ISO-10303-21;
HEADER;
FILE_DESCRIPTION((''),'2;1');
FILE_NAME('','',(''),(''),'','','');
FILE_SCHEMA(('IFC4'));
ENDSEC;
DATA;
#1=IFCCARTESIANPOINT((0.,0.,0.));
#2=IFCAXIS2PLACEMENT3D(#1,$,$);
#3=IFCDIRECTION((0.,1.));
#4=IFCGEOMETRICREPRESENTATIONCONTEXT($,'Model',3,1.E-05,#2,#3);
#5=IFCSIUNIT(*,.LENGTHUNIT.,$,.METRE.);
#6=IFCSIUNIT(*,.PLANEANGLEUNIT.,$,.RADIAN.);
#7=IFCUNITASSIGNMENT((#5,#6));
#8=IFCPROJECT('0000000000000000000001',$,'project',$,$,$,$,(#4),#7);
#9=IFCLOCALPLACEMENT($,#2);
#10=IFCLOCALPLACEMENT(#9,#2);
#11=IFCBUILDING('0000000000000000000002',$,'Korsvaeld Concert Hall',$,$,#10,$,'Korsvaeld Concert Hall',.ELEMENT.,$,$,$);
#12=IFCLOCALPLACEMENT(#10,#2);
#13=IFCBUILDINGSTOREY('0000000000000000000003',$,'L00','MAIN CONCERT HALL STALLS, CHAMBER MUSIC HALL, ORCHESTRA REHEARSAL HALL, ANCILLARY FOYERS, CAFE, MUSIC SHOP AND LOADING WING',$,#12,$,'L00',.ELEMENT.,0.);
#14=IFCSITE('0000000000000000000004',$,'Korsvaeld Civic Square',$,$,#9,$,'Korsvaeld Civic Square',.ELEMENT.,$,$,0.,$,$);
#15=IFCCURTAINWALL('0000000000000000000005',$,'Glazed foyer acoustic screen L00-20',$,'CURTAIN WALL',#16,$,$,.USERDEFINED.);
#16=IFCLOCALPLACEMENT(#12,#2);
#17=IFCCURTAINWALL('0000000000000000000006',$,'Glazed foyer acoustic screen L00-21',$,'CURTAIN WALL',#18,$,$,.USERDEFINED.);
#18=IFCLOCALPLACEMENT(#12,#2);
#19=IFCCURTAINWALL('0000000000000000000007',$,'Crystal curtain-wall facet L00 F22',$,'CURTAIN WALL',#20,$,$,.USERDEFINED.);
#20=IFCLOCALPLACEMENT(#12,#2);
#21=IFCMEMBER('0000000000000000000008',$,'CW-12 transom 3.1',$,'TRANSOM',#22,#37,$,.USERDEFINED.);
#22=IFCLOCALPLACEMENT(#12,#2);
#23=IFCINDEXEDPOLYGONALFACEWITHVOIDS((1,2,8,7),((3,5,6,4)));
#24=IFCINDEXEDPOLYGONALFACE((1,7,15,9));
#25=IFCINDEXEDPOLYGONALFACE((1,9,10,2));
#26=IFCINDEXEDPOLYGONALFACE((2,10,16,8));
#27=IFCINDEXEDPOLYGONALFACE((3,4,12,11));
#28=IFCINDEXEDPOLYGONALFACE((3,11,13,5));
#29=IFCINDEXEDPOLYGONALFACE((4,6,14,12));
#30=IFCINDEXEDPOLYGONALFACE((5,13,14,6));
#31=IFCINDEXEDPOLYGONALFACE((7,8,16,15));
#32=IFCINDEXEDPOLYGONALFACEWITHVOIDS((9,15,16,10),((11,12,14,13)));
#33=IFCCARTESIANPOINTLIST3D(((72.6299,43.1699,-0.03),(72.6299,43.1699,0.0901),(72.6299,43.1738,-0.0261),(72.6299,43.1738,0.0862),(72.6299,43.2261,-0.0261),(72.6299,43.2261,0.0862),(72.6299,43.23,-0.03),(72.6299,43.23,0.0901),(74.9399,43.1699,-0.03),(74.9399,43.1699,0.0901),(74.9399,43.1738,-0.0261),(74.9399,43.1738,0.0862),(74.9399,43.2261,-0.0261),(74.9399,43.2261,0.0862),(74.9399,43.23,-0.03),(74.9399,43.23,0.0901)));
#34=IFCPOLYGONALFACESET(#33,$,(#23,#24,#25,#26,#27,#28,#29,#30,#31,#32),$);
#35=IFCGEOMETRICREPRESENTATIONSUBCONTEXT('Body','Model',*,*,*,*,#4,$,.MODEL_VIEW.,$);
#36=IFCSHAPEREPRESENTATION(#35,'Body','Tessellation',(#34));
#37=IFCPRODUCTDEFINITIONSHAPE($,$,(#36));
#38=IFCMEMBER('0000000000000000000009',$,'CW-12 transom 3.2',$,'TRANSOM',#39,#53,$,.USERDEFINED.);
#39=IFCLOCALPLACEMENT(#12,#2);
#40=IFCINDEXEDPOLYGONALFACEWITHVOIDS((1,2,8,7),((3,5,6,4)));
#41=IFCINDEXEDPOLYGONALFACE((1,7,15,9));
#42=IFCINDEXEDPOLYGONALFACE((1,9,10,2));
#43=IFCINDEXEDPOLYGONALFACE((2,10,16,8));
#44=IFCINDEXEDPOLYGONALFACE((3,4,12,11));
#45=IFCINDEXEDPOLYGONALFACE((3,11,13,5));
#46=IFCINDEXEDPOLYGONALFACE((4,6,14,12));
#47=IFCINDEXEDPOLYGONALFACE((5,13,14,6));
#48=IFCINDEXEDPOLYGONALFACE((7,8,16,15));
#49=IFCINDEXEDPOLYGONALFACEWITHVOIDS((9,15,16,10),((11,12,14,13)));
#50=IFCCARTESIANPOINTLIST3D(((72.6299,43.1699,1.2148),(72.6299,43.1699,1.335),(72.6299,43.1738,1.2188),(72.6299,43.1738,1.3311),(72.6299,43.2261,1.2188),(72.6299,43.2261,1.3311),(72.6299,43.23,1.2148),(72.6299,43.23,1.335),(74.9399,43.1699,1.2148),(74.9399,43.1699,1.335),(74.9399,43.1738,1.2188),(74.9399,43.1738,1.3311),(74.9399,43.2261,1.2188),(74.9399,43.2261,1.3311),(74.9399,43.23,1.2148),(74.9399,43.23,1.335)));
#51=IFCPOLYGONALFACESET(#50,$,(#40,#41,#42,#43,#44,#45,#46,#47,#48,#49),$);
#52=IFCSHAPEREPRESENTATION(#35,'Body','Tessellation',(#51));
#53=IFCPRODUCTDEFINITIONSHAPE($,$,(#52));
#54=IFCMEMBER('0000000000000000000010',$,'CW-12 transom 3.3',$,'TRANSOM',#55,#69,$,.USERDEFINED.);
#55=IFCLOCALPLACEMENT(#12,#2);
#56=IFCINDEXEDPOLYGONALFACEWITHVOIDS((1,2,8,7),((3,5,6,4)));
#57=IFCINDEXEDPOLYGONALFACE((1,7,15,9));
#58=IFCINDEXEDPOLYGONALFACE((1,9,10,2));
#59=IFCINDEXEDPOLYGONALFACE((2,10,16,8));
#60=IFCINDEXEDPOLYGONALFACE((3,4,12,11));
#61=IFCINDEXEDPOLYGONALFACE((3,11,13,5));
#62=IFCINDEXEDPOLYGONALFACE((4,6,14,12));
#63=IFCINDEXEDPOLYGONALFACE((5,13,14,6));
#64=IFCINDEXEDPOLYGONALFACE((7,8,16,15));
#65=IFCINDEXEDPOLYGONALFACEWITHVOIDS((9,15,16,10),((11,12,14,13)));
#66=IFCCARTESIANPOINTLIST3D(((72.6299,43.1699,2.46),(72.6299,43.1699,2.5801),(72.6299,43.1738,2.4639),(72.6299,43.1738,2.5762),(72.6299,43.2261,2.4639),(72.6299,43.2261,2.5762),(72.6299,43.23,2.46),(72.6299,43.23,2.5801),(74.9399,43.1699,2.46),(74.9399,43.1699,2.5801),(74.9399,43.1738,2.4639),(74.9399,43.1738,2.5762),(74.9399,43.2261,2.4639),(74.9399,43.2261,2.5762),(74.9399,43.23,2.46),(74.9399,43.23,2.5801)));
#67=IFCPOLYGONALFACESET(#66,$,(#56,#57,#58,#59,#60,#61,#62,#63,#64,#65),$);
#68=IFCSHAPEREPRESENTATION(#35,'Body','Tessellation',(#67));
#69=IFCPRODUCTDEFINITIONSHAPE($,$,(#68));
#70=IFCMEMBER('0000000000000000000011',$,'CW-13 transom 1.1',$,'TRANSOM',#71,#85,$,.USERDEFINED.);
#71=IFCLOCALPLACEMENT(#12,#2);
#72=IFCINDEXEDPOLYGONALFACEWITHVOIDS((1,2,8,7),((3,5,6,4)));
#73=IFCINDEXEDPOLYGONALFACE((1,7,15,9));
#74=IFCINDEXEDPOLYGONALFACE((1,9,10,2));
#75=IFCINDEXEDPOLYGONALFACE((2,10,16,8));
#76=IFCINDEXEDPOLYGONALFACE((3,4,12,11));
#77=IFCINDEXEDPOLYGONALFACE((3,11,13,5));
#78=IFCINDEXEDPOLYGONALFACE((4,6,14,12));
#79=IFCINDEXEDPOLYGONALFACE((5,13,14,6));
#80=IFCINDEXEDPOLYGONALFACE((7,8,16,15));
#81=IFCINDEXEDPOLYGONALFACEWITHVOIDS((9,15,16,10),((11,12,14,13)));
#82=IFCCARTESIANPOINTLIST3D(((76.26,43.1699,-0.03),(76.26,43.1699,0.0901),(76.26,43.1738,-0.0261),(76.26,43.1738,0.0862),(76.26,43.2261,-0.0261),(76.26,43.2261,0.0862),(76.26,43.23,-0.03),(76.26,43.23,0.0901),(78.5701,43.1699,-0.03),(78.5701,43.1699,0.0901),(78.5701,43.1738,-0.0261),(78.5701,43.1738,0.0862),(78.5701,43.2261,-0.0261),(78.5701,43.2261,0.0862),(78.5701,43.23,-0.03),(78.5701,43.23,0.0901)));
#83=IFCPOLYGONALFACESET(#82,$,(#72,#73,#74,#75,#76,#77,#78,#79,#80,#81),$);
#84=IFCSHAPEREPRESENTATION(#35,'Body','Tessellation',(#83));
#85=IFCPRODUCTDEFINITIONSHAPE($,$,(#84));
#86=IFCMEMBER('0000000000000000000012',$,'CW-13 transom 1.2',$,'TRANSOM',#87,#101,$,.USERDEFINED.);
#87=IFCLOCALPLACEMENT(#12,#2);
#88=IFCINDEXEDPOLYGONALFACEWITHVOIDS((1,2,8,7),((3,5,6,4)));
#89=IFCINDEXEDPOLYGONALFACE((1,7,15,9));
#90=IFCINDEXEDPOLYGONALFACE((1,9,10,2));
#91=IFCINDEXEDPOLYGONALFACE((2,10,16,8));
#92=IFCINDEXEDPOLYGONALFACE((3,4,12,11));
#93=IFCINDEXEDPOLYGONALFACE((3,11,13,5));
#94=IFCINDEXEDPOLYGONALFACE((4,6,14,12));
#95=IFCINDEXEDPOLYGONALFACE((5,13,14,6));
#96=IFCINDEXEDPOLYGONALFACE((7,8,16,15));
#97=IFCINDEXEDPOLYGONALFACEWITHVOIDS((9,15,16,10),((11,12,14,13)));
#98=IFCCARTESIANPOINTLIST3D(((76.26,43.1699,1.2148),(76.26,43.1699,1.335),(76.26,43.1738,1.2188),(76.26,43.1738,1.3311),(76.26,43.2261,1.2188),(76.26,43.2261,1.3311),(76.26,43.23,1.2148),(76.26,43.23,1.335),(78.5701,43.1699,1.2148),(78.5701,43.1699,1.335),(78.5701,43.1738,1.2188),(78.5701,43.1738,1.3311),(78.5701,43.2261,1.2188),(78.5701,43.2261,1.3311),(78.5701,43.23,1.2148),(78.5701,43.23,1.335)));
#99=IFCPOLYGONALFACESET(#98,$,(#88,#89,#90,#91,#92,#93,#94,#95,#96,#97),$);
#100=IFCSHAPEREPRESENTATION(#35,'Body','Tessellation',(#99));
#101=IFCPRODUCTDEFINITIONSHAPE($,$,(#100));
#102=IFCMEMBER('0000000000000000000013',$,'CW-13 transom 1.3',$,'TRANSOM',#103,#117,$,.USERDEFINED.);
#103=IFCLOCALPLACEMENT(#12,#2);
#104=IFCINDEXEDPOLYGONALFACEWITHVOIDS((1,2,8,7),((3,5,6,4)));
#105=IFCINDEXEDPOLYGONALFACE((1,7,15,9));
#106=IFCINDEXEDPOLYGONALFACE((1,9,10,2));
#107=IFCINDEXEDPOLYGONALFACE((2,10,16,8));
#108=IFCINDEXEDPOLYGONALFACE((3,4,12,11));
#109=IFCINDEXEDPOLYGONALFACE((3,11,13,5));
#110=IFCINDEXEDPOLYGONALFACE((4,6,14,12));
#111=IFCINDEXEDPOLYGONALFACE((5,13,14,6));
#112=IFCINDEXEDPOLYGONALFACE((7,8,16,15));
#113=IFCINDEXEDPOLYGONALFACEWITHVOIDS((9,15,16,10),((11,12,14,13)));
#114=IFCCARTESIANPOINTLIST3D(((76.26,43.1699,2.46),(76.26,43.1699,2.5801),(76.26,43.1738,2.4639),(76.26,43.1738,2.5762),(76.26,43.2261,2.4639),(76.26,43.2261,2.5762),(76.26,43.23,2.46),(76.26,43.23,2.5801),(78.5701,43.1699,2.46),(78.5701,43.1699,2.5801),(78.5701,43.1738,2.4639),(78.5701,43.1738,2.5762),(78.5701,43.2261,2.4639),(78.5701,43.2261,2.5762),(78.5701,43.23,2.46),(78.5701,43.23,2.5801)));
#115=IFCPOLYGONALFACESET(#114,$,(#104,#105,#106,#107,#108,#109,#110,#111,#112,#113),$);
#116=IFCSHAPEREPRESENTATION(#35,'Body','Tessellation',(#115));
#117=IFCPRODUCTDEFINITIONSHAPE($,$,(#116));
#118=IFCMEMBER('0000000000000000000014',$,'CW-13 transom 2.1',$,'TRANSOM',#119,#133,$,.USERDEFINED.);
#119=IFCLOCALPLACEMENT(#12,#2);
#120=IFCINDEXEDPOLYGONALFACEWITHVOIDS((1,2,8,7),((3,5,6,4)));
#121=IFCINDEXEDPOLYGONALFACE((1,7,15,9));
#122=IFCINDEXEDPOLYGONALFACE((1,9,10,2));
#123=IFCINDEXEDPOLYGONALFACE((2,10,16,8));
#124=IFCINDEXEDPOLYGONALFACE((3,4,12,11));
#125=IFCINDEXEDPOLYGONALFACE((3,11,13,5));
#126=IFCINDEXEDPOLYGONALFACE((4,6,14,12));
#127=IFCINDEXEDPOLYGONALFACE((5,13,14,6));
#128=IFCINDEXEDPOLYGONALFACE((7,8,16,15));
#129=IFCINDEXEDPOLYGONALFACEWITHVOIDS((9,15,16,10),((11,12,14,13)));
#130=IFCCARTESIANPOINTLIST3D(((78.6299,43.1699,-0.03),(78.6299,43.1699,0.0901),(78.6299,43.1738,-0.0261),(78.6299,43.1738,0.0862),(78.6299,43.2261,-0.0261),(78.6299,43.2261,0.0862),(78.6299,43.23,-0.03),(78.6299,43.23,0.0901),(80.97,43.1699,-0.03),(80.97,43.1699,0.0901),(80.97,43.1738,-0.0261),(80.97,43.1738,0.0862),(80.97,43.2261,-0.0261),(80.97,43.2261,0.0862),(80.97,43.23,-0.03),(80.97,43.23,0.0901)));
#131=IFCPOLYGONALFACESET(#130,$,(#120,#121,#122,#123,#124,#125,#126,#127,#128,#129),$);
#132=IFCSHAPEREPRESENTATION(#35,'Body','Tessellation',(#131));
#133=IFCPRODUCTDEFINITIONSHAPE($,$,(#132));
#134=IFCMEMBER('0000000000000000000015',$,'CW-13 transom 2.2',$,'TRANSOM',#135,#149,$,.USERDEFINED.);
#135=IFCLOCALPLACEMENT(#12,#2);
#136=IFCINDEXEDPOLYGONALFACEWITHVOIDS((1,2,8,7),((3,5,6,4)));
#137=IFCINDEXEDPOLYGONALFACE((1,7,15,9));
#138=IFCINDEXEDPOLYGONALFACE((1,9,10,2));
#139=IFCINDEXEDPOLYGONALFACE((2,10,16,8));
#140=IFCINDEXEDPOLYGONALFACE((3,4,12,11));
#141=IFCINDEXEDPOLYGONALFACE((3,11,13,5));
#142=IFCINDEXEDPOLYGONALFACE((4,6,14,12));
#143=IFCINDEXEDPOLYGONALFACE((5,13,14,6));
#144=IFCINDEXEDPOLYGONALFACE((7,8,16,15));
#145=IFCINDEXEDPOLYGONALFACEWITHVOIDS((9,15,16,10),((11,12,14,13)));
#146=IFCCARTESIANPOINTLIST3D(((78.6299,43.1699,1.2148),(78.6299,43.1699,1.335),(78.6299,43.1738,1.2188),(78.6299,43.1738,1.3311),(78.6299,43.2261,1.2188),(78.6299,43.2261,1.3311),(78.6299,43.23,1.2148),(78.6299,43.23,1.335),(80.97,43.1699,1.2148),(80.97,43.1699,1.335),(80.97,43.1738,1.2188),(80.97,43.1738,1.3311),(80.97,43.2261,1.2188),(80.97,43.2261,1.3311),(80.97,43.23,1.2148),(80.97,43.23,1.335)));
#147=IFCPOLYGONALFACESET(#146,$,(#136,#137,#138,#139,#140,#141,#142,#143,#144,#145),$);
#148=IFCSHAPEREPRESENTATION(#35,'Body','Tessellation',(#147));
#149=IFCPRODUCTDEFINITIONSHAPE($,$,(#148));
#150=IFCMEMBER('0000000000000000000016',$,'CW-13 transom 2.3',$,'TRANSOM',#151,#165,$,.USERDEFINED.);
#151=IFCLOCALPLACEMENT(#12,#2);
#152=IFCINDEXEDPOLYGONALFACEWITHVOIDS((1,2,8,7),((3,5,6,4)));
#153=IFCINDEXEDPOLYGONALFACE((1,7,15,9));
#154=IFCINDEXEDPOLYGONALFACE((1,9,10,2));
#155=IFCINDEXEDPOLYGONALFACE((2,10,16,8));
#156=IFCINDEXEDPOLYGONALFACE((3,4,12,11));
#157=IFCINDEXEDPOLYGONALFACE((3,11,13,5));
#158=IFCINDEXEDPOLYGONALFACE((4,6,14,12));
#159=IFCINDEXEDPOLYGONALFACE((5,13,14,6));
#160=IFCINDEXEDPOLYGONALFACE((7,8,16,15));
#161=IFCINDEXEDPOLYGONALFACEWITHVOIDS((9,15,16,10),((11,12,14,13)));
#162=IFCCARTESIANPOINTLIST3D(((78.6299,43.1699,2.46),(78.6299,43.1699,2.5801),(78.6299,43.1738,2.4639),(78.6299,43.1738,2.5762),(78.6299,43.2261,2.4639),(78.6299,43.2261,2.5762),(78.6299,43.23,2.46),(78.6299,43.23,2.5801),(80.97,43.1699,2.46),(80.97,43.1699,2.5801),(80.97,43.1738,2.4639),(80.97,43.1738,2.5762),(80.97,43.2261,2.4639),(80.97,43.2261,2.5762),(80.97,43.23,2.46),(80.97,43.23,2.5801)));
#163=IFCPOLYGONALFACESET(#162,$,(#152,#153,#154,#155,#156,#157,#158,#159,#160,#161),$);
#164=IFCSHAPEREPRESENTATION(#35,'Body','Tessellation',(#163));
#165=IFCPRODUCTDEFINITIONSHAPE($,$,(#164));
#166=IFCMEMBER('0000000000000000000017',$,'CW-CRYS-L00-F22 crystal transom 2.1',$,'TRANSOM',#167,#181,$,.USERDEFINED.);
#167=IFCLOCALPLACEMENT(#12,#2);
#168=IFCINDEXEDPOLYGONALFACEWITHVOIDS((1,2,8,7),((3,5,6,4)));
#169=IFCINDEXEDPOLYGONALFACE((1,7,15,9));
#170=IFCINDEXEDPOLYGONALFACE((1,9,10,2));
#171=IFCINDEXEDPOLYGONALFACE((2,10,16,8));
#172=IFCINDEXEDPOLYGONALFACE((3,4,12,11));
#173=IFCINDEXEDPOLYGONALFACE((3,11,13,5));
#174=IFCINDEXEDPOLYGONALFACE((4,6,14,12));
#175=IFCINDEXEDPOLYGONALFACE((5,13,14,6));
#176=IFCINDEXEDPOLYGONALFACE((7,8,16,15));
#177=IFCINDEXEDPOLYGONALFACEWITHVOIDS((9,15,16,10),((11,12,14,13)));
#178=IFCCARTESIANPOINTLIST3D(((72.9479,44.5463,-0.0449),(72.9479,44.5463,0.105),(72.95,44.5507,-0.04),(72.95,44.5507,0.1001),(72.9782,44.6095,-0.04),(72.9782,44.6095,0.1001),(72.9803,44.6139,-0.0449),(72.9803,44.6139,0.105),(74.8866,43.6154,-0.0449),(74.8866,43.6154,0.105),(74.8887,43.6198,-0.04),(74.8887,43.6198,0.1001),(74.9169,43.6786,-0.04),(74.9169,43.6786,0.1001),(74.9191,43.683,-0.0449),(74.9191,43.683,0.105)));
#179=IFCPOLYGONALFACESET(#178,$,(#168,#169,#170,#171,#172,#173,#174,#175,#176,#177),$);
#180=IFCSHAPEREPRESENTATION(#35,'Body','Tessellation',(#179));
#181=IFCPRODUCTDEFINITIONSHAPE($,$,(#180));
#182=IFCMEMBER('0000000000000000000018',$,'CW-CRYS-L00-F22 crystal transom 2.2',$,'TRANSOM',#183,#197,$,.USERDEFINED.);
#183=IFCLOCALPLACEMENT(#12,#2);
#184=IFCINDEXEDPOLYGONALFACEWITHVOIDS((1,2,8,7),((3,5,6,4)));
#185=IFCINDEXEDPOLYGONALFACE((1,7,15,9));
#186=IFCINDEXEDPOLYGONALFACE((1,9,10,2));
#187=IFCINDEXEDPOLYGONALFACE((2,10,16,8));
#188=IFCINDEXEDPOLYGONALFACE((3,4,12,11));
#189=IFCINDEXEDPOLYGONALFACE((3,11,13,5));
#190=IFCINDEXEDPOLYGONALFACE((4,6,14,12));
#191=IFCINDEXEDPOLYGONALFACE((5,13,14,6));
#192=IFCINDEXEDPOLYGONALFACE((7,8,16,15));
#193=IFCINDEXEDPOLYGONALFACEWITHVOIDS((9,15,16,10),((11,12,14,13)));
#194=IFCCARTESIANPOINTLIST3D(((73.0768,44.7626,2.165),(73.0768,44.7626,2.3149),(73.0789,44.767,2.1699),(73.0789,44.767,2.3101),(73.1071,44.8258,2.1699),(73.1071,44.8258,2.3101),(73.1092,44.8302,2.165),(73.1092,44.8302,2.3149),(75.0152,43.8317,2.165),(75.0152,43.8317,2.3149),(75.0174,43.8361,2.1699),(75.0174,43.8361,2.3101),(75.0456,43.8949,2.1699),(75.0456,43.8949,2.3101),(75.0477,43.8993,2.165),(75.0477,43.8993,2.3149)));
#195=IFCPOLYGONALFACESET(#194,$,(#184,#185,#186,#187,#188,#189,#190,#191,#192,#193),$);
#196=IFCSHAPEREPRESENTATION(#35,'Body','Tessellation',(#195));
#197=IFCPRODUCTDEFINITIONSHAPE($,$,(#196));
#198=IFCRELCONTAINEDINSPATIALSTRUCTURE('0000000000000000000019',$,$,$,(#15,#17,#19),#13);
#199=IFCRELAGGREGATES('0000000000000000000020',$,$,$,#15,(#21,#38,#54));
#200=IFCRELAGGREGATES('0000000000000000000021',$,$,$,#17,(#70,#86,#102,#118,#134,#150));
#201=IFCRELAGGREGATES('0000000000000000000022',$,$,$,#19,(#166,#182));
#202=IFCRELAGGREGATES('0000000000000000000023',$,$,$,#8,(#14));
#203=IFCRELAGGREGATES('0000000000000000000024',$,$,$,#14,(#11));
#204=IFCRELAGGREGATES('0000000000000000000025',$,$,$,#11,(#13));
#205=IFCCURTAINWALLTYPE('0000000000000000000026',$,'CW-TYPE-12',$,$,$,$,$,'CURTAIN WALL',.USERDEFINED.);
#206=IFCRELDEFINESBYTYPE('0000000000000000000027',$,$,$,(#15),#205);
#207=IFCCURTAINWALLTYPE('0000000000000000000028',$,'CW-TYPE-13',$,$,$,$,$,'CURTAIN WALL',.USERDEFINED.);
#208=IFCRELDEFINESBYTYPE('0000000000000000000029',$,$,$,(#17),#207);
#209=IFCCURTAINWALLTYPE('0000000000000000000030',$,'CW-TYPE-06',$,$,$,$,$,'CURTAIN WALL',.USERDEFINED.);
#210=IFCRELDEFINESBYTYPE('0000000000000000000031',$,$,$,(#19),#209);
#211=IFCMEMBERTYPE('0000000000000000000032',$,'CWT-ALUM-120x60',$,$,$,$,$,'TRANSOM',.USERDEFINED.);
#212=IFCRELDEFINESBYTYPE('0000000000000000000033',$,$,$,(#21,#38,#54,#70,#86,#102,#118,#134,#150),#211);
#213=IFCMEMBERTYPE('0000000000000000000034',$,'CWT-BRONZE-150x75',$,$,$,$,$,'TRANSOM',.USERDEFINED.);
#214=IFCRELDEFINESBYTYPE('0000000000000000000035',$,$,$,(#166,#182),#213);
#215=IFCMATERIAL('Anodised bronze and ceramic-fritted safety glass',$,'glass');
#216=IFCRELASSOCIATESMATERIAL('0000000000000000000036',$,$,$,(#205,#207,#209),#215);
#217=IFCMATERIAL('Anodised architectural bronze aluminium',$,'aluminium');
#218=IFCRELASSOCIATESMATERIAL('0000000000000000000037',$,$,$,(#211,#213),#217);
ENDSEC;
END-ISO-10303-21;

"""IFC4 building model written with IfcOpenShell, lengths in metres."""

from ifc_helpers import new_model, si_unit, direction, frame, origin, origin_2d, place, context, subcontext, project, spatial, hollow_rectangle, extrude, material, material_profile, profile_set, type_object, element, aggregate, save


model = new_model("IFC4")

# Units and contexts
model_context = context("Model", 3, precision=1e-05, world=origin(), true_north=direction((0.0, 1.0)))
body_context = subcontext(model_context, "Body", "Model", "MODEL_VIEW")
ifc_project = project(units=[si_unit("LENGTHUNIT", "METRE"), si_unit("PLANEANGLEUNIT", "RADIAN")], contexts=[model_context])

# Site, building, storey
site_placement = place(None, origin())
site = spatial("IfcSite", under=ifc_project, at=site_placement, Name="Korsvaeld Civic Square", LongName="Korsvaeld Civic Square", CompositionType="ELEMENT", RefElevation=0.0)
building_placement = place(site_placement, origin())
building = spatial("IfcBuilding", under=site, at=building_placement, Name="Korsvaeld Concert Hall", LongName="Korsvaeld Concert Hall", CompositionType="ELEMENT")
storey_placement = place(building_placement, origin())
storey = spatial("IfcBuildingStorey", under=building, at=storey_placement, Name="L00", Description="MAIN CONCERT HALL STALLS, CHAMBER MUSIC HALL, ORCHESTRA REHEARSAL HALL, ANCILLARY FOYERS, CAFE, MUSIC SHOP AND LOADING WING", LongName="L00", CompositionType="ELEMENT", Elevation=0.0)

# Curtain walls
ifc_material_1 = material(Name="Anodised bronze and ceramic-fritted safety glass", Category="glass")
curtain_wall_type_1 = type_object("IfcCurtainWallType", Name="CW-TYPE-12", ElementType="CURTAIN WALL", PredefinedType="USERDEFINED", material=ifc_material_1)
curtain_wall_1_placement = place(storey_placement, origin())
curtain_wall_1 = element("IfcCurtainWall", 1, at=curtain_wall_1_placement, inside=storey, type_object=curtain_wall_type_1, Name="Glazed foyer acoustic screen L00-20", ObjectType="CURTAIN WALL", PredefinedType="USERDEFINED")
ifc_material_2 = material(Name="Anodised architectural bronze aluminium", Category="aluminium")
curtain_wall_type_2 = type_object("IfcCurtainWallType", Name="CW-TYPE-13", ElementType="CURTAIN WALL", PredefinedType="USERDEFINED", material=ifc_material_1)
curtain_wall_2_placement = place(storey_placement, origin())
curtain_wall_2 = element("IfcCurtainWall", 2, at=curtain_wall_2_placement, inside=storey, type_object=curtain_wall_type_2, Name="Glazed foyer acoustic screen L00-21", ObjectType="CURTAIN WALL", PredefinedType="USERDEFINED")
curtain_wall_type_3 = type_object("IfcCurtainWallType", Name="CW-TYPE-06", ElementType="CURTAIN WALL", PredefinedType="USERDEFINED", material=ifc_material_1)
curtain_wall_3_placement = place(storey_placement, origin())
curtain_wall_3 = element("IfcCurtainWall", 3, at=curtain_wall_3_placement, inside=storey, type_object=curtain_wall_type_3, Name="Crystal curtain-wall facet L00 F22", ObjectType="CURTAIN WALL", PredefinedType="USERDEFINED")

# Members
ifc_material_profile_1 = material_profile(ifc_material_2, hollow_rectangle(XDim=0.0601, YDim=0.1201, WallThickness=0.0039, at=origin_2d()), Name="CWT 120x60x4")
ifc_profile_set_1 = profile_set([ifc_material_profile_1], Name="Anodised architectural bronze aluminium")
member_type_1 = type_object("IfcMemberType", Name="CWT-ALUM-120x60", ElementType="TRANSOM", PredefinedType="USERDEFINED", material=ifc_profile_set_1)
member_1_placement = place(storey_placement, frame((72.6299, 43.2, 0.03), z_axis=(1.0, 0.0, 0.0), x_axis=(0.0, 1.0, 0.0)))
member_1 = element("IfcMember", 4, at=member_1_placement, type_object=member_type_1, Name="CW-12 transom 3.1", ObjectType="TRANSOM", PredefinedType="USERDEFINED", context=body_context, shape_type="SweptSolid", body=[
    extrude(hollow_rectangle(XDim=0.0601, YDim=0.1201, WallThickness=0.0039, at=origin_2d()), origin(), (0.0, 0.0, 1.0), 2.3101),
])
member_2_placement = place(storey_placement, frame((72.6299, 43.2, 1.2749), z_axis=(1.0, 0.0, 0.0), x_axis=(0.0, 1.0, 0.0)))
member_2 = element("IfcMember", 5, at=member_2_placement, type_object=member_type_1, Name="CW-12 transom 3.2", ObjectType="TRANSOM", PredefinedType="USERDEFINED", context=body_context, shape_type="SweptSolid", body=[
    extrude(hollow_rectangle(XDim=0.0601, YDim=0.1201, WallThickness=0.0039, at=origin_2d()), origin(), (0.0, 0.0, 1.0), 2.3101),
])
member_3_placement = place(storey_placement, frame((72.6299, 43.2, 2.52), z_axis=(1.0, 0.0, 0.0), x_axis=(0.0, 1.0, 0.0)))
member_3 = element("IfcMember", 6, at=member_3_placement, type_object=member_type_1, Name="CW-12 transom 3.3", ObjectType="TRANSOM", PredefinedType="USERDEFINED", context=body_context, shape_type="SweptSolid", body=[
    extrude(hollow_rectangle(XDim=0.0601, YDim=0.1201, WallThickness=0.0039, at=origin_2d()), origin(), (0.0, 0.0, 1.0), 2.3101),
])
member_4_placement = place(storey_placement, frame((76.26, 43.2, 0.03), z_axis=(1.0, 0.0, 0.0), x_axis=(0.0, 1.0, 0.0)))
member_4 = element("IfcMember", 7, at=member_4_placement, type_object=member_type_1, Name="CW-13 transom 1.1", ObjectType="TRANSOM", PredefinedType="USERDEFINED", context=body_context, shape_type="SweptSolid", body=[
    extrude(hollow_rectangle(XDim=0.0601, YDim=0.1201, WallThickness=0.0039, at=origin_2d()), origin(), (0.0, 0.0, 1.0), 2.3101),
])
member_5_placement = place(storey_placement, frame((76.26, 43.2, 1.2749), z_axis=(1.0, 0.0, 0.0), x_axis=(0.0, 1.0, 0.0)))
member_5 = element("IfcMember", 8, at=member_5_placement, type_object=member_type_1, Name="CW-13 transom 1.2", ObjectType="TRANSOM", PredefinedType="USERDEFINED", context=body_context, shape_type="SweptSolid", body=[
    extrude(hollow_rectangle(XDim=0.0601, YDim=0.1201, WallThickness=0.0039, at=origin_2d()), origin(), (0.0, 0.0, 1.0), 2.3101),
])
member_6_placement = place(storey_placement, frame((76.26, 43.2, 2.52), z_axis=(1.0, 0.0, 0.0), x_axis=(0.0, 1.0, 0.0)))
member_6 = element("IfcMember", 9, at=member_6_placement, type_object=member_type_1, Name="CW-13 transom 1.3", ObjectType="TRANSOM", PredefinedType="USERDEFINED", context=body_context, shape_type="SweptSolid", body=[
    extrude(hollow_rectangle(XDim=0.0601, YDim=0.1201, WallThickness=0.0039, at=origin_2d()), origin(), (0.0, 0.0, 1.0), 2.3101),
])
member_7_placement = place(storey_placement, frame((78.6299, 43.2, 0.03), z_axis=(1.0, 0.0, 0.0), x_axis=(0.0, 1.0, 0.0)))
member_7 = element("IfcMember", 10, at=member_7_placement, type_object=member_type_1, Name="CW-13 transom 2.1", ObjectType="TRANSOM", PredefinedType="USERDEFINED", context=body_context, shape_type="SweptSolid", body=[
    extrude(hollow_rectangle(XDim=0.0601, YDim=0.1201, WallThickness=0.0039, at=origin_2d()), origin(), (0.0, 0.0, 1.0), 2.3401),
])
member_8_placement = place(storey_placement, frame((78.6299, 43.2, 1.2749), z_axis=(1.0, 0.0, 0.0), x_axis=(0.0, 1.0, 0.0)))
member_8 = element("IfcMember", 11, at=member_8_placement, type_object=member_type_1, Name="CW-13 transom 2.2", ObjectType="TRANSOM", PredefinedType="USERDEFINED", context=body_context, shape_type="SweptSolid", body=[
    extrude(hollow_rectangle(XDim=0.0601, YDim=0.1201, WallThickness=0.0039, at=origin_2d()), origin(), (0.0, 0.0, 1.0), 2.3401),
])
member_9_placement = place(storey_placement, frame((78.6299, 43.2, 2.52), z_axis=(1.0, 0.0, 0.0), x_axis=(0.0, 1.0, 0.0)))
member_9 = element("IfcMember", 12, at=member_9_placement, type_object=member_type_1, Name="CW-13 transom 2.3", ObjectType="TRANSOM", PredefinedType="USERDEFINED", context=body_context, shape_type="SweptSolid", body=[
    extrude(hollow_rectangle(XDim=0.0601, YDim=0.1201, WallThickness=0.0039, at=origin_2d()), origin(), (0.0, 0.0, 1.0), 2.3401),
])
ifc_material_profile_2 = material_profile(ifc_material_2, hollow_rectangle(XDim=0.075, YDim=0.1499, WallThickness=0.0049, at=origin_2d()), Name="CWT 150x75x5")
ifc_profile_set_2 = profile_set([ifc_material_profile_2], Name="Anodised architectural bronze aluminium")
member_type_2 = type_object("IfcMemberType", Name="CWT-BRONZE-150x75", ElementType="TRANSOM", PredefinedType="USERDEFINED", material=ifc_profile_set_2)
member_10_placement = place(storey_placement, frame((72.9641, 44.5801, 0.03), z_axis=(0.901465, -0.432853, 0.0), x_axis=(0.432853, 0.901465, 0.0)))
member_10 = element("IfcMember", 13, at=member_10_placement, type_object=member_type_2, Name="CW-CRYS-L00-F22 crystal transom 2.1", ObjectType="TRANSOM", PredefinedType="USERDEFINED", context=body_context, shape_type="SweptSolid", body=[
    extrude(hollow_rectangle(XDim=0.075, YDim=0.1499, WallThickness=0.0049, at=origin_2d()), origin(), (0.0, 0.0, 1.0), 2.1506),
])
member_11_placement = place(storey_placement, frame((73.093, 44.7964, 2.24), z_axis=(0.901443, -0.432897, 0.0), x_axis=(0.432897, 0.901443, 0.0)))
member_11 = element("IfcMember", 14, at=member_11_placement, type_object=member_type_2, Name="CW-CRYS-L00-F22 crystal transom 2.2", ObjectType="TRANSOM", PredefinedType="USERDEFINED", context=body_context, shape_type="SweptSolid", body=[
    extrude(hollow_rectangle(XDim=0.075, YDim=0.1499, WallThickness=0.0049, at=origin_2d()), origin(), (0.0, 0.0, 1.0), 2.1504),
])

aggregate(curtain_wall_1, [member_1, member_2, member_3])
aggregate(curtain_wall_2, [member_4, member_5, member_6, member_7, member_8, member_9])
aggregate(curtain_wall_3, [member_10, member_11])

save(model, "model.ifc")
